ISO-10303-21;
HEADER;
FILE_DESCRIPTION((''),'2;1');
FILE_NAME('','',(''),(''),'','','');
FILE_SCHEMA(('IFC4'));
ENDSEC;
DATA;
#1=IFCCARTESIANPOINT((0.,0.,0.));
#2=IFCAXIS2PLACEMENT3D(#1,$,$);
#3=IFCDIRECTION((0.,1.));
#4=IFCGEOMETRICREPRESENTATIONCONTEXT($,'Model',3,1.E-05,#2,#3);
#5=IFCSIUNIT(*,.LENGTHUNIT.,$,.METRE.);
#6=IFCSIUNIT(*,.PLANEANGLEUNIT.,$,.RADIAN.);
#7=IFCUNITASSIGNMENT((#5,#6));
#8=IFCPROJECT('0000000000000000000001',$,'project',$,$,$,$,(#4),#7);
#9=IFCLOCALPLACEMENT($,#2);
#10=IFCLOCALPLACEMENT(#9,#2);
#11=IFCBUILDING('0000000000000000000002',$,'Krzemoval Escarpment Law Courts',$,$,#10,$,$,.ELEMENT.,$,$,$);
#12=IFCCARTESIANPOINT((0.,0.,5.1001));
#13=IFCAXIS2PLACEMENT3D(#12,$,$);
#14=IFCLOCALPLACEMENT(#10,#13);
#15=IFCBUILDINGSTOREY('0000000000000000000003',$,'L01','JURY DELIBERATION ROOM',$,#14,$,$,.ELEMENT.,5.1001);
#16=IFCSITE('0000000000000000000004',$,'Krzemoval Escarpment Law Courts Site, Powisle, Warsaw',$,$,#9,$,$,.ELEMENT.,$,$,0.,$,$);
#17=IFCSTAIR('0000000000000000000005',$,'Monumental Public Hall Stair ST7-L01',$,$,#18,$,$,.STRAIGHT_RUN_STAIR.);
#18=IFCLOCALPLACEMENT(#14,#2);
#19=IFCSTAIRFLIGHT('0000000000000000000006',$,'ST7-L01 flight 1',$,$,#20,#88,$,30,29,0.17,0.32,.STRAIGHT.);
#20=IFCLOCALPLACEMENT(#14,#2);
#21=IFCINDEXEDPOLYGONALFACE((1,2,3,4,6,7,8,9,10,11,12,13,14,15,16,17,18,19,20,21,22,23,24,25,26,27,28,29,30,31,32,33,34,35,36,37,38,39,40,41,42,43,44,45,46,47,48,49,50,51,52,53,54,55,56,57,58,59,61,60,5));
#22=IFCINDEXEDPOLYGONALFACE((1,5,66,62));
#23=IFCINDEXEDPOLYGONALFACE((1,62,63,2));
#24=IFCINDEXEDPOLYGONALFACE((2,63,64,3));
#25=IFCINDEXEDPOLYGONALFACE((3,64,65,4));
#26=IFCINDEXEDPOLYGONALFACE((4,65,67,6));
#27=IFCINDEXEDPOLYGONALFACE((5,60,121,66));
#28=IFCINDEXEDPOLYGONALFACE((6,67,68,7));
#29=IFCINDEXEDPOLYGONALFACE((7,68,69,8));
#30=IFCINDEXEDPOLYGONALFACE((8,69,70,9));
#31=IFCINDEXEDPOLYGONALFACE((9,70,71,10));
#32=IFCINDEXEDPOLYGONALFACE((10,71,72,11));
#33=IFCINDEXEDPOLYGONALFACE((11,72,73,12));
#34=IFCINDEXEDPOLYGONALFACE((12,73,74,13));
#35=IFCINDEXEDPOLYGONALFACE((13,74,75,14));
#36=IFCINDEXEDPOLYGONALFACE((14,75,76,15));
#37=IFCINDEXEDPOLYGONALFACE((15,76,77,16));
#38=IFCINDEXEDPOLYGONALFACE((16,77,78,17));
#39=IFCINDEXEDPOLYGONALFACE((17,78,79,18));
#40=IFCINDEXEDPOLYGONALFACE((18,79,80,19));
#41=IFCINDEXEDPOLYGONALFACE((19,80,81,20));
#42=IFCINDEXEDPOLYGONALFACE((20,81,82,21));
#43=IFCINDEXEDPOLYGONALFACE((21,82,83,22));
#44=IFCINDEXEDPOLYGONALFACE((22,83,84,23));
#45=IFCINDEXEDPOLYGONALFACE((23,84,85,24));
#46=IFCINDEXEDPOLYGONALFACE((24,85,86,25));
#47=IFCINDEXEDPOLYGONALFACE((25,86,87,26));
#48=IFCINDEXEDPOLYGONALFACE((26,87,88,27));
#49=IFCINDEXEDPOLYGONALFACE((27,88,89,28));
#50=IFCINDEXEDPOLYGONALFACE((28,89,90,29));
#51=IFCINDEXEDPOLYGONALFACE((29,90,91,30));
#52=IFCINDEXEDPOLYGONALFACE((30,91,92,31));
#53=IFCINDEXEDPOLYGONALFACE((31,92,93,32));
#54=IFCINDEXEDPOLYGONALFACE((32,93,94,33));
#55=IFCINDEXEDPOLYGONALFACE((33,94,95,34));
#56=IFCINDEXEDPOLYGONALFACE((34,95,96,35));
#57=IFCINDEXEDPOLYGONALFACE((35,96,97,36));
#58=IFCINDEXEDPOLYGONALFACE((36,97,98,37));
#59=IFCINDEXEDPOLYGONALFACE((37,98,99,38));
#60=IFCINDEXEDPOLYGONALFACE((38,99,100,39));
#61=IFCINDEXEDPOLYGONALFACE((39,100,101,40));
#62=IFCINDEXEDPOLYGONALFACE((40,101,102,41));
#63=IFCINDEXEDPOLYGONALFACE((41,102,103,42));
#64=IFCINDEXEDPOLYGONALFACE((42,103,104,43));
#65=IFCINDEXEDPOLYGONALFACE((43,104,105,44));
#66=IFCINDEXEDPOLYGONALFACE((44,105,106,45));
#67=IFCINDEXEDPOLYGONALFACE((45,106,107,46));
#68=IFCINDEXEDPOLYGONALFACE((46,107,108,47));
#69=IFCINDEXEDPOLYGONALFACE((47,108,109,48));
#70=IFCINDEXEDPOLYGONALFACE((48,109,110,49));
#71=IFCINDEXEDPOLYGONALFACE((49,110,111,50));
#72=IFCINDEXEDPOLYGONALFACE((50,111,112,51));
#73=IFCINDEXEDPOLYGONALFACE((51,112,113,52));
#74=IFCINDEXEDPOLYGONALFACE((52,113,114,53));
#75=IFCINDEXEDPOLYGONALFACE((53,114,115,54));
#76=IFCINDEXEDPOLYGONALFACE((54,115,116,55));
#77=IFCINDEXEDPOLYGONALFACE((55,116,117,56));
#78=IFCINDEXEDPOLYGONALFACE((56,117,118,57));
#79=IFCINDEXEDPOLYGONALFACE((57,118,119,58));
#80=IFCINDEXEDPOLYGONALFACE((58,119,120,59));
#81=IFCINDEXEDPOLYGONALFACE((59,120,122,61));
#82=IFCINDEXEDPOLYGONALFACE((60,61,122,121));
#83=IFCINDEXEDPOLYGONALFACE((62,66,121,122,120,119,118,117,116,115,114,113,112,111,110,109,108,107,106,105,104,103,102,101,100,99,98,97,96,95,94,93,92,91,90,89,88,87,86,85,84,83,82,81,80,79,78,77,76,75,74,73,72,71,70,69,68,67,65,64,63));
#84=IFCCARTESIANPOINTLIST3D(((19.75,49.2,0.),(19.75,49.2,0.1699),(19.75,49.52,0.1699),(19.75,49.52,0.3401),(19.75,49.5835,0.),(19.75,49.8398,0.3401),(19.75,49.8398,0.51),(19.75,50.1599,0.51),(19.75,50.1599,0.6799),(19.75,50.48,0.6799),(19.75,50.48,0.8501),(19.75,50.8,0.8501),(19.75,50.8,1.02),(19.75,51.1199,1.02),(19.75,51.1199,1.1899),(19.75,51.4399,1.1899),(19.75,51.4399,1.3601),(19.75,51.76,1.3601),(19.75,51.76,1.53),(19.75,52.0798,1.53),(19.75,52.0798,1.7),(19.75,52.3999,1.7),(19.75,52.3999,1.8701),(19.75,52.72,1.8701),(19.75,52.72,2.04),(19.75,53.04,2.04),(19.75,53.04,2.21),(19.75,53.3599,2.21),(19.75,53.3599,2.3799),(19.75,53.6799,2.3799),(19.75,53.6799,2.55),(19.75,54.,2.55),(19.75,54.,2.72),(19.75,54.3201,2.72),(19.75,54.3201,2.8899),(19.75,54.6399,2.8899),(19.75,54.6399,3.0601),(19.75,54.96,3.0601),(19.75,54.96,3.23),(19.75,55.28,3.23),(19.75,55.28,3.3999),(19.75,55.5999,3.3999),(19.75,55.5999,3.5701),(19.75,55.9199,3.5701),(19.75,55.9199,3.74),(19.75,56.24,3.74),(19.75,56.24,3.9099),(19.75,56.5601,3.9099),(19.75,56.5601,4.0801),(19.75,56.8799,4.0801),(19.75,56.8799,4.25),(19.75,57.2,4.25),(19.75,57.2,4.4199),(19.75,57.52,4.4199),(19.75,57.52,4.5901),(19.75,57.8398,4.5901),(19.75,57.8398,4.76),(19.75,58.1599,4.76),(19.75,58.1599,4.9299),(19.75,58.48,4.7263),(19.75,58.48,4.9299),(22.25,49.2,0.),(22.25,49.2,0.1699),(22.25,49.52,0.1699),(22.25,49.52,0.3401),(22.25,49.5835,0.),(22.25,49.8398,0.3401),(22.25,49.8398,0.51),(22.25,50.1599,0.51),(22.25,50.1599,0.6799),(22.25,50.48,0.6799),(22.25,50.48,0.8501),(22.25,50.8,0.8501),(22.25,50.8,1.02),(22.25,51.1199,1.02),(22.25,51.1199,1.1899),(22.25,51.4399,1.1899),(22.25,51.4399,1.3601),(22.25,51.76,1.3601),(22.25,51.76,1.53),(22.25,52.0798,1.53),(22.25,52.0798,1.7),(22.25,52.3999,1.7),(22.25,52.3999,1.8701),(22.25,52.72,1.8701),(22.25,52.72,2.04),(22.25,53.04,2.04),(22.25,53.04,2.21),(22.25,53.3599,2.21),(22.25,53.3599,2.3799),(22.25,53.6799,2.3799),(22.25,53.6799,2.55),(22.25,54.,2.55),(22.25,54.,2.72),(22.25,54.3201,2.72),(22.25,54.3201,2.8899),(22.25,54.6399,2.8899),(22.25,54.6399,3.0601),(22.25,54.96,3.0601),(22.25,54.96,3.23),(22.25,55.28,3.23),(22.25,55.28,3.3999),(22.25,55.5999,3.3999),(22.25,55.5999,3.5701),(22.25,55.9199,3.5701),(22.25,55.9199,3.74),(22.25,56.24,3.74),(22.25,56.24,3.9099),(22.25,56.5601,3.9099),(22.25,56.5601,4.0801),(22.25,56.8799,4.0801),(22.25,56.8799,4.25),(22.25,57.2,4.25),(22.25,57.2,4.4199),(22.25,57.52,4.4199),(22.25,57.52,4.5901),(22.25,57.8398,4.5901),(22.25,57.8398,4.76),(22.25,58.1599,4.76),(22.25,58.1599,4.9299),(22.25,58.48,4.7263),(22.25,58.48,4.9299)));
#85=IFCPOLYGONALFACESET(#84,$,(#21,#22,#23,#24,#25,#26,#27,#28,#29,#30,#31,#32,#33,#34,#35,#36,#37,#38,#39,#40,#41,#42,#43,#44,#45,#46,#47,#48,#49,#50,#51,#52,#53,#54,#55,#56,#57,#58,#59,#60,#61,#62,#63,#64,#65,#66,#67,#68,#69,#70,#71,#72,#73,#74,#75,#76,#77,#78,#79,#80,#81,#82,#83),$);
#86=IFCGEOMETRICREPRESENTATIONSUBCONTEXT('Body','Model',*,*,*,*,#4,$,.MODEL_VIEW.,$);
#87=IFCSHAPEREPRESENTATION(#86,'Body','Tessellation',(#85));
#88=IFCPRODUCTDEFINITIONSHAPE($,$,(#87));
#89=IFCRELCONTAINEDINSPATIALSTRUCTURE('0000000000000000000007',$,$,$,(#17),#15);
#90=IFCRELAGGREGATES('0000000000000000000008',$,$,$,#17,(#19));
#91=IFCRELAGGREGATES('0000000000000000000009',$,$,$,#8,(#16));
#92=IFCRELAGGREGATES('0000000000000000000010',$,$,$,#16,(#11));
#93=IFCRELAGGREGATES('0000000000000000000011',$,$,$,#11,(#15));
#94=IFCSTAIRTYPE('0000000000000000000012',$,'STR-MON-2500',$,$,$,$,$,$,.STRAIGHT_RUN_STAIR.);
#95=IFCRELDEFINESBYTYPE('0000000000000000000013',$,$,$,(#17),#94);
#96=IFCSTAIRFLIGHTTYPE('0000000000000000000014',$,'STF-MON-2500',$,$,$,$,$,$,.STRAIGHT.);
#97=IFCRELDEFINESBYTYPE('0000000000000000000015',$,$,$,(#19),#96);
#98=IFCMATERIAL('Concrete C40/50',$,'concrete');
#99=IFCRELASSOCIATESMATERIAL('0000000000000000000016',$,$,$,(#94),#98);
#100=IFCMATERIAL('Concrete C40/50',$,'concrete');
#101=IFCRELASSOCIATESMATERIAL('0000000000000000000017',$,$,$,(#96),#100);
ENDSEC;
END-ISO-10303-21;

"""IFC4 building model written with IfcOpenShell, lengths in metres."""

from ifc_helpers import new_model, si_unit, direction, frame, origin, place, context, subcontext, project, spatial, polyline, outline, extrude, material, type_object, element, aggregate, save


model = new_model("IFC4")

# Units and contexts
model_context = context("Model", 3, precision=1e-05, world=origin(), true_north=direction((0.0, 1.0)))
body_context = subcontext(model_context, "Body", "Model", "MODEL_VIEW")
ifc_project = project(units=[si_unit("LENGTHUNIT", "METRE"), si_unit("PLANEANGLEUNIT", "RADIAN")], contexts=[model_context])

# Site, building, storey
site_placement = place(None, origin())
site = spatial("IfcSite", under=ifc_project, at=site_placement, Name="Krzemoval Escarpment Law Courts Site, Powisle, Warsaw", CompositionType="ELEMENT", RefElevation=0.0)
building_placement = place(site_placement, origin())
building = spatial("IfcBuilding", under=site, at=building_placement, Name="Krzemoval Escarpment Law Courts", CompositionType="ELEMENT")
storey_placement = place(building_placement, frame((0.0, 0.0, 5.1001)))
storey = spatial("IfcBuildingStorey", under=building, at=storey_placement, Name="L01", Description="JURY DELIBERATION ROOM", CompositionType="ELEMENT", Elevation=5.1001)

# Stair, stair flight
ifc_material_1 = material(Name="Concrete C40/50", Category="concrete")
stair_type = type_object("IfcStairType", Name="STR-MON-2500", PredefinedType="STRAIGHT_RUN_STAIR", material=ifc_material_1)
stair_placement = place(storey_placement, origin())
stair = element("IfcStair", 1, at=stair_placement, inside=storey, type_object=stair_type, Name="Monumental Public Hall Stair ST7-L01", PredefinedType="STRAIGHT_RUN_STAIR")
ifc_material_2 = material(Name="Concrete C40/50", Category="concrete")
stair_flight_type = type_object("IfcStairFlightType", Name="STF-MON-2500", PredefinedType="STRAIGHT", material=ifc_material_2)
stair_flight_placement = place(storey_placement, frame((21.0, 49.2, 0.0), z_axis=(0.0, 0.0, 1.0), x_axis=(0.0, 1.0, 0.0)))
stair_flight = element("IfcStairFlight", 2, at=stair_flight_placement, type_object=stair_flight_type, Name="ST7-L01 flight 1", NumberOfRisers=30, NumberOfTreads=29, PredefinedType="STRAIGHT", RiserHeight=0.17, TreadLength=0.32, context=body_context, shape_type="SweptSolid", body=[
    extrude(outline(polyline([(0.0, 0.0), (0.0, 0.1699), (0.3201, 0.1699), (0.3201, 0.3401), (0.6399, 0.3401), (0.6399, 0.51), (0.96, 0.51), (0.96, 0.6799), (1.28, 0.6799), (1.28, 0.8501), (1.6001, 0.8501), (1.6001, 1.02), (1.9199, 1.02), (1.9199, 1.1899), (2.24, 1.1899), (2.24, 1.3601), (2.5601, 1.3601), (2.5601, 1.53), (2.8799, 1.53), (2.8799, 1.7), (3.2, 1.7), (3.2, 1.8701), (3.52, 1.8701), (3.52, 2.04), (3.8401, 2.04), (3.8401, 2.21), (4.1599, 2.21), (4.1599, 2.3799), (4.48, 2.3799), (4.48, 2.55), (4.8, 2.55), (4.8, 2.72), (5.1201, 2.72), (5.1201, 2.8899), (5.4399, 2.8899), (5.4399, 3.0601), (5.76, 3.0601), (5.76, 3.23), (6.0801, 3.23), (6.0801, 3.3999), (6.3999, 3.3999), (6.3999, 3.5701), (6.72, 3.5701), (6.72, 3.74), (7.04, 3.74), (7.04, 3.9099), (7.3601, 3.9099), (7.3601, 4.0801), (7.6799, 4.0801), (7.6799, 4.25), (8.0, 4.25), (8.0, 4.4199), (8.3201, 4.4199), (8.3201, 4.5901), (8.6399, 4.5901), (8.6399, 4.76), (8.96, 4.76), (8.96, 4.9299), (9.28, 4.9299), (9.28, 5.1001), (9.28, 4.7263), (0.3835, 0.0), (0.0, 0.0)])), frame((0.0, 1.25, 0.0), z_axis=(0.0, -1.0, 0.0), x_axis=(1.0, 0.0, 0.0)), (0.0, 0.0, 1.0), 2.5),
])
aggregate(stair, [stair_flight])

save(model, "model.ifc")
